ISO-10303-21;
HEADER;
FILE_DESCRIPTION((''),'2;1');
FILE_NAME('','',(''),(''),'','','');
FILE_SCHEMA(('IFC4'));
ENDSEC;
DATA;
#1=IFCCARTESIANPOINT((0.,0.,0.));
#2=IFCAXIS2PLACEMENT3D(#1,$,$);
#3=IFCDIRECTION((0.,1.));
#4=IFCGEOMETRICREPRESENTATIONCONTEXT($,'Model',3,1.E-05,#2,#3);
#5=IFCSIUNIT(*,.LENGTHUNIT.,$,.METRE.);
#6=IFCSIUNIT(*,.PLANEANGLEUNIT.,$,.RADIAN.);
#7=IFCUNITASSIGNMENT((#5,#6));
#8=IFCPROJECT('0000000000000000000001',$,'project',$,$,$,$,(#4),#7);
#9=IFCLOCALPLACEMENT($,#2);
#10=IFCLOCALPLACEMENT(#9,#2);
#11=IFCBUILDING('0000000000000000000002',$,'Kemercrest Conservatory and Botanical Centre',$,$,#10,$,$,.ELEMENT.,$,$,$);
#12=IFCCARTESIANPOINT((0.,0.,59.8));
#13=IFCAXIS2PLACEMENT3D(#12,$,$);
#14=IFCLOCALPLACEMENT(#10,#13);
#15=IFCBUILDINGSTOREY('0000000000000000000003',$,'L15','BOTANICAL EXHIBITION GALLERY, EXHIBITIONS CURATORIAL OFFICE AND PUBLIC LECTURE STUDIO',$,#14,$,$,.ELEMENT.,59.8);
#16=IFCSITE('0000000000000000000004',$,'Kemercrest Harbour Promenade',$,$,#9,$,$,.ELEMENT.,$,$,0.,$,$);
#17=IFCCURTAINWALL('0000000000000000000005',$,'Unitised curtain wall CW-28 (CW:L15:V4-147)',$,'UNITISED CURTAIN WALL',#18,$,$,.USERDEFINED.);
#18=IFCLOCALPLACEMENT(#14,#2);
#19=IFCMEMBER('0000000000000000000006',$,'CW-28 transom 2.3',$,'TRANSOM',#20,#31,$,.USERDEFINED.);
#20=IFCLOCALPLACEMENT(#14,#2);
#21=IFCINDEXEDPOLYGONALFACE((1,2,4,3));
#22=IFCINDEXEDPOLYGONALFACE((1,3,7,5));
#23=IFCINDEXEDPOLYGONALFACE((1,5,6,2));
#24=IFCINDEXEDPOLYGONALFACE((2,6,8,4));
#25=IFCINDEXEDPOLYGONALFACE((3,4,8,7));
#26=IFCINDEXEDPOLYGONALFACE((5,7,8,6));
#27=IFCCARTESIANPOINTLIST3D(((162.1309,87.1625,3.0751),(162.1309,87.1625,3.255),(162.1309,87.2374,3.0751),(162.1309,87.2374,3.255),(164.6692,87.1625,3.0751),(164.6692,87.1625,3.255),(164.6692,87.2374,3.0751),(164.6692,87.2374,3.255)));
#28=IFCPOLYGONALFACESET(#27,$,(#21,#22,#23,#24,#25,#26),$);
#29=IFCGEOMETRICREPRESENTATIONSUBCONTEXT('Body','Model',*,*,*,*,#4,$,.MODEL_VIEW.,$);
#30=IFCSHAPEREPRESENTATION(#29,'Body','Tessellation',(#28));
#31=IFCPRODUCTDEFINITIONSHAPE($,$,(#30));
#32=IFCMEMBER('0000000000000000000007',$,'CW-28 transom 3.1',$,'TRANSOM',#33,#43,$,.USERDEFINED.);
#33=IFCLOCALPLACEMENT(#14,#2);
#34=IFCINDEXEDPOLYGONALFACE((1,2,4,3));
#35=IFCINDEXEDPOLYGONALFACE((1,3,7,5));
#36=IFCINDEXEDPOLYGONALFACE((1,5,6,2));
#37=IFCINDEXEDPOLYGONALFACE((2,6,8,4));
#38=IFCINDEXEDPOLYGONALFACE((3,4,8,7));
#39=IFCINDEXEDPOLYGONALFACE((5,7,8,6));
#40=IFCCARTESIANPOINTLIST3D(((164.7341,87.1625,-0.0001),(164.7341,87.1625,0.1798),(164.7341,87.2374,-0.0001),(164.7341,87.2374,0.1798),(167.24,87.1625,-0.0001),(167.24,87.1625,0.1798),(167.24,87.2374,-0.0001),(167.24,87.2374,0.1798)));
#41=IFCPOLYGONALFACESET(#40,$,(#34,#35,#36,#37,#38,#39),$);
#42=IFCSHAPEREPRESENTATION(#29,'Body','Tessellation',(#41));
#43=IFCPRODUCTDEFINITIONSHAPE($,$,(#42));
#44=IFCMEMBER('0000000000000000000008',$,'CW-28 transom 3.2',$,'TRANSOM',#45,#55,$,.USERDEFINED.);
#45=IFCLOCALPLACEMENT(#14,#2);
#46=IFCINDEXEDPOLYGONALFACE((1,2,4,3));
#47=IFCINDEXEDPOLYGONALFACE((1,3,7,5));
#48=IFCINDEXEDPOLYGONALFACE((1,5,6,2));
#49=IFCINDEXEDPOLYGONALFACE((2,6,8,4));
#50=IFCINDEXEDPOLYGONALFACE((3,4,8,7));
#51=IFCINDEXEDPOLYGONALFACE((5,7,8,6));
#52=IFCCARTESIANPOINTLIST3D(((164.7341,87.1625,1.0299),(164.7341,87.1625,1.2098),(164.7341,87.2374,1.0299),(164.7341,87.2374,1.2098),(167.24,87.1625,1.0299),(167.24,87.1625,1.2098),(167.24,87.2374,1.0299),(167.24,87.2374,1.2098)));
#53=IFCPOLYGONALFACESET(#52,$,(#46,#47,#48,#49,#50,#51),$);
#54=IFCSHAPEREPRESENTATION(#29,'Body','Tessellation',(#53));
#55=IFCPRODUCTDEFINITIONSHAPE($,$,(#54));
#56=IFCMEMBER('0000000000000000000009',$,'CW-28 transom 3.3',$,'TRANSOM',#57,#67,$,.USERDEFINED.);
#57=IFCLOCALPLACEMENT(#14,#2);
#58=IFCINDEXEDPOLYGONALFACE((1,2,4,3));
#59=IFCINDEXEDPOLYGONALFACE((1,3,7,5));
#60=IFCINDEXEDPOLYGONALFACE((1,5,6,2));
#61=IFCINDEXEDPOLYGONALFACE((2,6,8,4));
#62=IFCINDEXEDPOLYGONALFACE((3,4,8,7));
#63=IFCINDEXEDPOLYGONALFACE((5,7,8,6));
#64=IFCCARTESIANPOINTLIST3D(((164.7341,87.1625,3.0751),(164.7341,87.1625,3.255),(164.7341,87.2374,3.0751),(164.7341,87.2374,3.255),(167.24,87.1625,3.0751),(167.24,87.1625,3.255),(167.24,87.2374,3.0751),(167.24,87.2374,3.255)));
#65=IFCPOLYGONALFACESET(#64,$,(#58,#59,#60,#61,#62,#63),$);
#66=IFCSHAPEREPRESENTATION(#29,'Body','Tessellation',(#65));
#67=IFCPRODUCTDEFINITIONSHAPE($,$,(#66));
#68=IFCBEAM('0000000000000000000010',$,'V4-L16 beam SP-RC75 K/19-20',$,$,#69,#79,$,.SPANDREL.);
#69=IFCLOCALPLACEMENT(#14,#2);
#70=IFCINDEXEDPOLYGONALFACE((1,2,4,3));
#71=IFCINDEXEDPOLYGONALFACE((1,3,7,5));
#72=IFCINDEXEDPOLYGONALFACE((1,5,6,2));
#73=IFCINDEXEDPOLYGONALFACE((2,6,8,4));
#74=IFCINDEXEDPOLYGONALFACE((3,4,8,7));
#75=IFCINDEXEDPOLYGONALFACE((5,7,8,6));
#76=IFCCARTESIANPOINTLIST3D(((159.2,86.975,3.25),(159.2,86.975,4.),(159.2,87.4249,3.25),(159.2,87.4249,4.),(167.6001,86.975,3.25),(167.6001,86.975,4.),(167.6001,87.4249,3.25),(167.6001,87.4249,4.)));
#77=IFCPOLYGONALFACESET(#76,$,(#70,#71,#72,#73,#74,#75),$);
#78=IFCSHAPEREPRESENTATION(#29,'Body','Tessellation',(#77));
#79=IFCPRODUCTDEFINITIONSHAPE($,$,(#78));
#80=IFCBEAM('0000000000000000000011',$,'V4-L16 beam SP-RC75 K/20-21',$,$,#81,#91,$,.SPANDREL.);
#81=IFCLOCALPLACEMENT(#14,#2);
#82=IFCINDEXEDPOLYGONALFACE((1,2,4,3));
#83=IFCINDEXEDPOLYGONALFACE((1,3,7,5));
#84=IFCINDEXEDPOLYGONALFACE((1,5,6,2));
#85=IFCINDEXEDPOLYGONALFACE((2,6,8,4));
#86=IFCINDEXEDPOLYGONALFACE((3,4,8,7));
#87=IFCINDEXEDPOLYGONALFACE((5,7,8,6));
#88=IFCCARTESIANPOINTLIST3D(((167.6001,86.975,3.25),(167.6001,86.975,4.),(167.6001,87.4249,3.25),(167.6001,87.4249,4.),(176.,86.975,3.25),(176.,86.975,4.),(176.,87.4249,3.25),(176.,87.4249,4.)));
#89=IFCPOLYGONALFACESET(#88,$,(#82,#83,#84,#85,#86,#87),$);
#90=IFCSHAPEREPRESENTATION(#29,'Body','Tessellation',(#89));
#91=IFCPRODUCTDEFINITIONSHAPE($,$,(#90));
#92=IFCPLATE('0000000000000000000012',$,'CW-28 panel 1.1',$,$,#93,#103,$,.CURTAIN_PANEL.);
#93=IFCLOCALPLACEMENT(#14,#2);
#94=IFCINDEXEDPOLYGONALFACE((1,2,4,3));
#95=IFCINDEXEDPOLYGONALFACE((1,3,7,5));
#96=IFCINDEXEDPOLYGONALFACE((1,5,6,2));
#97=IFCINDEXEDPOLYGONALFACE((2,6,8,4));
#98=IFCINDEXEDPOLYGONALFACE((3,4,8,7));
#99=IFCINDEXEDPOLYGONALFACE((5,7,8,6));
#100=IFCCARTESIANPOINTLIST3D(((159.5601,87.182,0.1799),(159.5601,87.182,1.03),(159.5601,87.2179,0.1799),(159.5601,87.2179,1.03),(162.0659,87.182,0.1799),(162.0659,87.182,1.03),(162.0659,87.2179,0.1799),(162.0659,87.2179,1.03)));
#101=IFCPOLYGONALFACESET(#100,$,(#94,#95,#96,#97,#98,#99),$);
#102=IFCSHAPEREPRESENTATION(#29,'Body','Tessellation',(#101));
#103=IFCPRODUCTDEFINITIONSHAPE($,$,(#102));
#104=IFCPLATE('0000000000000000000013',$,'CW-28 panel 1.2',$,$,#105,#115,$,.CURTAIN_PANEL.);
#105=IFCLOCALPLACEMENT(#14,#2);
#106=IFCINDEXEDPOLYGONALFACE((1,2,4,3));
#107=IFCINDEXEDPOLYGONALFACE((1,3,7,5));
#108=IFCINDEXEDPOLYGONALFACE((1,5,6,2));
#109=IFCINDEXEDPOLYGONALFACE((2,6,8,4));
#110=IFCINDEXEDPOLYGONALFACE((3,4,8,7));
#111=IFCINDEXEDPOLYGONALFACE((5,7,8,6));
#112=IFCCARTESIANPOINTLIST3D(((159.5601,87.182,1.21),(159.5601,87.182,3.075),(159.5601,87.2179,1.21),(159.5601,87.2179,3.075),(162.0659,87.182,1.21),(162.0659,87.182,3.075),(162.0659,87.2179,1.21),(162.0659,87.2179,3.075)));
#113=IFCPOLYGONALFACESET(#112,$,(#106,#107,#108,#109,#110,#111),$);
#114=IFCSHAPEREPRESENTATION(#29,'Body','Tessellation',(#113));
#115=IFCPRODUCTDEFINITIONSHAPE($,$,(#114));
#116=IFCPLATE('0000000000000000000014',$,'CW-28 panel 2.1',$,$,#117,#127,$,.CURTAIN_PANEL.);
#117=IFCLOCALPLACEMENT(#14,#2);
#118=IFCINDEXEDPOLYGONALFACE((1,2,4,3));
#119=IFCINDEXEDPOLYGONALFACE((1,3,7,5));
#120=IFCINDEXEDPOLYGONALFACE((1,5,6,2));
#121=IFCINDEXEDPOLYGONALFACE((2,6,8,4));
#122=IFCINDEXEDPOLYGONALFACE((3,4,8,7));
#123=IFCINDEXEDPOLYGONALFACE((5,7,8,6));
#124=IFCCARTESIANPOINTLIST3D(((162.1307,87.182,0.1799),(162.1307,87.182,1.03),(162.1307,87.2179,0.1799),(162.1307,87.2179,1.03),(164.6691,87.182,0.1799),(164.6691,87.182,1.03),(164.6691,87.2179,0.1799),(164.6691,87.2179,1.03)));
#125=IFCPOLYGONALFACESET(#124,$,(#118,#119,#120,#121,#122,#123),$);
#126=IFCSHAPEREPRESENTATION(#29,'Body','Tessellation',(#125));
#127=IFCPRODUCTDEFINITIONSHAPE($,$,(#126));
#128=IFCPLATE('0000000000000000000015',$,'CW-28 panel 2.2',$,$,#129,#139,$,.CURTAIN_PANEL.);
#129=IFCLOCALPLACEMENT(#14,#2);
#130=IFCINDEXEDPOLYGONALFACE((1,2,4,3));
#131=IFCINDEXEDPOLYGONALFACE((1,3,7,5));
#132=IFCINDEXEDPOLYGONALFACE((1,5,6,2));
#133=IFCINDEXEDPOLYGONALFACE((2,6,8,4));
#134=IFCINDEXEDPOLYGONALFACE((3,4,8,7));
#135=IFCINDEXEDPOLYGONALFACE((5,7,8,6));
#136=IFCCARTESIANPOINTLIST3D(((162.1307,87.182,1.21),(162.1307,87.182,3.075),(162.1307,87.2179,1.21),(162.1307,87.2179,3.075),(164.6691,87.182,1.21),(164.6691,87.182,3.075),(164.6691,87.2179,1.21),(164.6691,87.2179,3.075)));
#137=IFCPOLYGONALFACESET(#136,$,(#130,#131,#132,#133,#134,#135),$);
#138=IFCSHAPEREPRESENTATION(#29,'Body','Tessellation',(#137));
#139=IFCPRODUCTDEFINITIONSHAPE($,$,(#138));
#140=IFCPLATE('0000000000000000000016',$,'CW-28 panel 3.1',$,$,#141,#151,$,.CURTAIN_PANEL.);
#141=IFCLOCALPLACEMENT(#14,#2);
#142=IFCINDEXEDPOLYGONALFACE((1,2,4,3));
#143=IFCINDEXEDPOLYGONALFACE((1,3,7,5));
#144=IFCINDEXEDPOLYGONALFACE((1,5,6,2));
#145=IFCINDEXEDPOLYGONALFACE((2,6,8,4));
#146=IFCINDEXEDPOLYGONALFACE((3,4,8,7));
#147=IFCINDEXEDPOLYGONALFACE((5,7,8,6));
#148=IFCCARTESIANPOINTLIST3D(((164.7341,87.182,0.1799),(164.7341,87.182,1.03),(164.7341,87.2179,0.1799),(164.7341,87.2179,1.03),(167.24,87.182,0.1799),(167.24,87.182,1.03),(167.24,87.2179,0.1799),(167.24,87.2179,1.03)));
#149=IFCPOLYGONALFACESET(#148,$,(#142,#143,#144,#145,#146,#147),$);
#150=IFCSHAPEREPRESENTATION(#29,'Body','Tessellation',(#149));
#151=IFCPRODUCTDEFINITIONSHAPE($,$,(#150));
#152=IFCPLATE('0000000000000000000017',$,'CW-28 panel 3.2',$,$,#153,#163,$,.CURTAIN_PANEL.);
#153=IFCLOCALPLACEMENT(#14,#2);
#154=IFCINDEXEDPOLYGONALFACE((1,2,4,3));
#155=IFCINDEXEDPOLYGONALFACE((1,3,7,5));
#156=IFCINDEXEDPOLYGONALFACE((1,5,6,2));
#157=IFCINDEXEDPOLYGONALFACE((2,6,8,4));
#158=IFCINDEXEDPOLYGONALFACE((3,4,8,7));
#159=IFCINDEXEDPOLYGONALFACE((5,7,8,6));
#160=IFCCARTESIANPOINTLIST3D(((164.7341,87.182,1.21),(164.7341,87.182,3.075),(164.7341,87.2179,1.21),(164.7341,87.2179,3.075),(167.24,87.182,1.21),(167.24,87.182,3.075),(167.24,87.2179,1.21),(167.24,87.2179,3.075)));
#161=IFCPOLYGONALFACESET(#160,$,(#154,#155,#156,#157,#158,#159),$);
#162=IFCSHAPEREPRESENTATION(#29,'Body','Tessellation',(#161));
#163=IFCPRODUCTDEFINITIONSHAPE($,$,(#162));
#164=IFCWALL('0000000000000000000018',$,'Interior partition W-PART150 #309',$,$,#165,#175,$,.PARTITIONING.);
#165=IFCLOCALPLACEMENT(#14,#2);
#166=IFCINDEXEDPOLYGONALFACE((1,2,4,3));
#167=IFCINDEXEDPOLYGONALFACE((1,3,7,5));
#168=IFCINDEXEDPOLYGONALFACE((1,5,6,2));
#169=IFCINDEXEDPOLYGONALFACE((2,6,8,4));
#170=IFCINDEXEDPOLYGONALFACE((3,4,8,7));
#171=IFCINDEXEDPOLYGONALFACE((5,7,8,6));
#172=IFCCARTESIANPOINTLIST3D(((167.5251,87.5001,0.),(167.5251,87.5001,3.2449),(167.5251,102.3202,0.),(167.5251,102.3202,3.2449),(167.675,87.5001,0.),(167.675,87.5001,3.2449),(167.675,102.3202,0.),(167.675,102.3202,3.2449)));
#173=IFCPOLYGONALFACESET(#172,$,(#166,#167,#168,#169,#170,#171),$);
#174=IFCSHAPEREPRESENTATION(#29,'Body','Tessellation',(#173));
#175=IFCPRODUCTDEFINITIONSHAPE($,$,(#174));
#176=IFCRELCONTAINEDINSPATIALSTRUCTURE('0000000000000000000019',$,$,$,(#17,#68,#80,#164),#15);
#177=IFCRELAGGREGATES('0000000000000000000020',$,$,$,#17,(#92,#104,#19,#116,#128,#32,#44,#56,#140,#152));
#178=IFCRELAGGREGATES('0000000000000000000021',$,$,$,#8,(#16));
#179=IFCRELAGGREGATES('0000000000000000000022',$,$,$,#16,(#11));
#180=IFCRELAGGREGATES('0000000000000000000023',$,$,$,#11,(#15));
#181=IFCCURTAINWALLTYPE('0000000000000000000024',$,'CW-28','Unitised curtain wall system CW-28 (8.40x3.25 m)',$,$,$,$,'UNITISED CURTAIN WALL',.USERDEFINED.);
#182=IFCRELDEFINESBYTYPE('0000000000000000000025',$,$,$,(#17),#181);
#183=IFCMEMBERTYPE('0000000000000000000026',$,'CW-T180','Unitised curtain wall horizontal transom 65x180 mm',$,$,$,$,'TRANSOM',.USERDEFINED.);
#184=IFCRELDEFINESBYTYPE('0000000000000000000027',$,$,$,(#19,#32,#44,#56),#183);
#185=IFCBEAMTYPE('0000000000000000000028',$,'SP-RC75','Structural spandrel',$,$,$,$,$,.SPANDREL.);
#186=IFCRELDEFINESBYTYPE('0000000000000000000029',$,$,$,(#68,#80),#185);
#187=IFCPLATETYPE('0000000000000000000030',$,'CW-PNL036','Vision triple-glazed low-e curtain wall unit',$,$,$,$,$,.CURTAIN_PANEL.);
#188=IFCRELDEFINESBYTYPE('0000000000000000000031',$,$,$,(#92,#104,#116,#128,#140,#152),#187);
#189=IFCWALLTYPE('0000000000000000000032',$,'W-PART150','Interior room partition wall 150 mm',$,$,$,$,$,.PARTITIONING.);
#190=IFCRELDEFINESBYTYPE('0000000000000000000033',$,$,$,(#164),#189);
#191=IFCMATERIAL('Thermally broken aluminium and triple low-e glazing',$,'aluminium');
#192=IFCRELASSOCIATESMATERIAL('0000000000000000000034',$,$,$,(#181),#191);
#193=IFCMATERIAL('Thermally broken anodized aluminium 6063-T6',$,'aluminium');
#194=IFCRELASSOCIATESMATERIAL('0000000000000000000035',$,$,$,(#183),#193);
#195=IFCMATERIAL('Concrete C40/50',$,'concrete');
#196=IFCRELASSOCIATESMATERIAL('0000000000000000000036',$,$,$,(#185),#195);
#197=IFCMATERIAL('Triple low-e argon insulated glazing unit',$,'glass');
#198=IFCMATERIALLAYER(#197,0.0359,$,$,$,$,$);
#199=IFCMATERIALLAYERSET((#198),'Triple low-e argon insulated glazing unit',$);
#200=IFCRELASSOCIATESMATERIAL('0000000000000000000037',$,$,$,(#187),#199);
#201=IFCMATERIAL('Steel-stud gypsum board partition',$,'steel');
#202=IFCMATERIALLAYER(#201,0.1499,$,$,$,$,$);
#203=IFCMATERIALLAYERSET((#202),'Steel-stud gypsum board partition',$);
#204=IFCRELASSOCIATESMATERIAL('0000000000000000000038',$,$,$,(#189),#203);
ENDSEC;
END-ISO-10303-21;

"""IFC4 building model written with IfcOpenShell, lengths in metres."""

from ifc_helpers import new_model, si_unit, direction, frame, frame_2d, origin, origin_2d, place, context, subcontext, project, spatial, rectangle, extrude, material, layer, layer_set, material_profile, profile_set, type_object, element, aggregate, save


model = new_model("IFC4")

# Units and contexts
model_context = context("Model", 3, precision=1e-05, world=origin(), true_north=direction((0.0, 1.0)))
body_context = subcontext(model_context, "Body", "Model", "MODEL_VIEW")
ifc_project = project(units=[si_unit("LENGTHUNIT", "METRE"), si_unit("PLANEANGLEUNIT", "RADIAN")], contexts=[model_context])

# Site, building, storey
site_placement = place(None, origin())
site = spatial("IfcSite", under=ifc_project, at=site_placement, Name="Kemercrest Harbour Promenade", CompositionType="ELEMENT", RefElevation=0.0)
building_placement = place(site_placement, origin())
building = spatial("IfcBuilding", under=site, at=building_placement, Name="Kemercrest Conservatory and Botanical Centre", CompositionType="ELEMENT")
storey_placement = place(building_placement, frame((0.0, 0.0, 59.8)))
storey = spatial("IfcBuildingStorey", under=building, at=storey_placement, Name="L15", Description="BOTANICAL EXHIBITION GALLERY, EXHIBITIONS CURATORIAL OFFICE AND PUBLIC LECTURE STUDIO", CompositionType="ELEMENT", Elevation=59.8)

# Shared definitions
ifc_material_1 = material(Name="Concrete C40/50", Category="concrete")

# Shared definitions
ifc_material_2 = material(Name="Thermally broken aluminium and triple low-e glazing", Category="aluminium")
ifc_material_3 = material(Name="Thermally broken anodized aluminium 6063-T6", Category="aluminium")

# Curtain wall
curtain_wall_type_1 = type_object("IfcCurtainWallType", Name="CW-28", Description="Unitised curtain wall system CW-28 (8.40x3.25 m)", ElementType="UNITISED CURTAIN WALL", PredefinedType="USERDEFINED", material=ifc_material_2)
curtain_wall_1_placement = place(storey_placement, origin())
curtain_wall_1 = element("IfcCurtainWall", 1, at=curtain_wall_1_placement, inside=storey, type_object=curtain_wall_type_1, Name="Unitised curtain wall CW-28 (CW:L15:V4-147)", ObjectType="UNITISED CURTAIN WALL", PredefinedType="USERDEFINED")

# Members
ifc_material_profile_1 = material_profile(ifc_material_3, rectangle(XDim=0.075, YDim=0.1799, at=origin_2d()), Name="AL TRANSOM 75x180")
ifc_profile_set_1 = profile_set([ifc_material_profile_1], Name="Thermally broken anodized aluminium 6063-T6")
member_type_1 = type_object("IfcMemberType", Name="CW-T180", Description="Unitised curtain wall horizontal transom 65x180 mm", ElementType="TRANSOM", PredefinedType="USERDEFINED", material=ifc_profile_set_1)
member_1_placement = place(storey_placement, frame((162.1309, 87.2, 3.165), z_axis=(1.0, 0.0, 0.0), x_axis=(0.0, 1.0, 0.0)))
member_1 = element("IfcMember", 2, at=member_1_placement, type_object=member_type_1, Name="CW-28 transom 2.3", ObjectType="TRANSOM", PredefinedType="USERDEFINED", context=body_context, shape_type="SweptSolid", body=[
    extrude(rectangle(XDim=0.075, YDim=0.1799, at=origin_2d()), origin(), (0.0, 0.0, 1.0), 2.5383),
])
member_2_placement = place(storey_placement, frame((164.7341, 87.2, 0.0898), z_axis=(1.0, 0.0, 0.0), x_axis=(0.0, 1.0, 0.0)))
member_2 = element("IfcMember", 3, at=member_2_placement, type_object=member_type_1, Name="CW-28 transom 3.1", ObjectType="TRANSOM", PredefinedType="USERDEFINED", context=body_context, shape_type="SweptSolid", body=[
    extrude(rectangle(XDim=0.075, YDim=0.1799, at=origin_2d()), origin(), (0.0, 0.0, 1.0), 2.5059),
])
member_3_placement = place(storey_placement, frame((164.7341, 87.2, 1.1199), z_axis=(1.0, 0.0, 0.0), x_axis=(0.0, 1.0, 0.0)))
member_3 = element("IfcMember", 4, at=member_3_placement, type_object=member_type_1, Name="CW-28 transom 3.2", ObjectType="TRANSOM", PredefinedType="USERDEFINED", context=body_context, shape_type="SweptSolid", body=[
    extrude(rectangle(XDim=0.075, YDim=0.1799, at=origin_2d()), origin(), (0.0, 0.0, 1.0), 2.5059),
])
member_4_placement = place(storey_placement, frame((164.7341, 87.2, 3.165), z_axis=(1.0, 0.0, 0.0), x_axis=(0.0, 1.0, 0.0)))
member_4 = element("IfcMember", 5, at=member_4_placement, type_object=member_type_1, Name="CW-28 transom 3.3", ObjectType="TRANSOM", PredefinedType="USERDEFINED", context=body_context, shape_type="SweptSolid", body=[
    extrude(rectangle(XDim=0.075, YDim=0.1799, at=origin_2d()), origin(), (0.0, 0.0, 1.0), 2.5059),
])

# Beams
ifc_material_profile_2 = material_profile(ifc_material_1, rectangle(XDim=0.45, YDim=0.75, at=origin_2d()), Name="RC 450x750")
ifc_profile_set_2 = profile_set([ifc_material_profile_2], Name="Concrete C40/50")
beam_type_1 = type_object("IfcBeamType", Name="SP-RC75", Description="Structural spandrel", PredefinedType="SPANDREL", material=ifc_profile_set_2)
beam_1_placement = place(storey_placement, frame((159.2, 87.2, 3.625), z_axis=(1.0, 0.0, 0.0), x_axis=(0.0, 1.0, 0.0)))
element("IfcBeam", 6, at=beam_1_placement, inside=storey, type_object=beam_type_1, Name="V4-L16 beam SP-RC75 K/19-20", PredefinedType="SPANDREL", context=body_context, shape_type="SweptSolid", body=[
    extrude(rectangle(XDim=0.45, YDim=0.75, at=origin_2d()), origin(), (0.0, 0.0, 1.0), 8.4001),
])
beam_2_placement = place(storey_placement, frame((167.6001, 87.2, 3.625), z_axis=(1.0, 0.0, 0.0), x_axis=(0.0, 1.0, 0.0)))
element("IfcBeam", 7, at=beam_2_placement, inside=storey, type_object=beam_type_1, Name="V4-L16 beam SP-RC75 K/20-21", PredefinedType="SPANDREL", context=body_context, shape_type="SweptSolid", body=[
    extrude(rectangle(XDim=0.45, YDim=0.75, at=origin_2d()), origin(), (0.0, 0.0, 1.0), 8.3999),
])

# Plates
ifc_material_4 = material(Name="Triple low-e argon insulated glazing unit", Category="glass")
ifc_layer_1 = layer(ifc_material_4, 0.0359)
ifc_layer_set_1 = layer_set([ifc_layer_1], Name="Triple low-e argon insulated glazing unit")
plate_type = type_object("IfcPlateType", Name="CW-PNL036", Description="Vision triple-glazed low-e curtain wall unit", PredefinedType="CURTAIN_PANEL", material=ifc_layer_set_1)
plate_1_placement = place(storey_placement, frame((160.813, 87.2, 0.1799), z_axis=(0.0, 0.0, 1.0), x_axis=(1.0, 0.0, 0.0)))
plate_1 = element("IfcPlate", 8, at=plate_1_placement, type_object=plate_type, Name="CW-28 panel 1.1", PredefinedType="CURTAIN_PANEL", context=body_context, shape_type="SweptSolid", body=[
    extrude(rectangle(XDim=2.5059, YDim=0.0359, at=origin_2d()), origin(), (0.0, 0.0, 1.0), 0.8501),
])
plate_2_placement = place(storey_placement, frame((160.813, 87.2, 1.21), z_axis=(0.0, 0.0, 1.0), x_axis=(1.0, 0.0, 0.0)))
plate_2 = element("IfcPlate", 9, at=plate_2_placement, type_object=plate_type, Name="CW-28 panel 1.2", PredefinedType="CURTAIN_PANEL", context=body_context, shape_type="SweptSolid", body=[
    extrude(rectangle(XDim=2.5059, YDim=0.0359, at=origin_2d()), origin(), (0.0, 0.0, 1.0), 1.865),
])
plate_3_placement = place(storey_placement, frame((163.3999, 87.2, 0.1799), z_axis=(0.0, 0.0, 1.0), x_axis=(1.0, 0.0, 0.0)))
plate_3 = element("IfcPlate", 10, at=plate_3_placement, type_object=plate_type, Name="CW-28 panel 2.1", PredefinedType="CURTAIN_PANEL", context=body_context, shape_type="SweptSolid", body=[
    extrude(rectangle(XDim=2.5383, YDim=0.0359, at=origin_2d()), origin(), (0.0, 0.0, 1.0), 0.8501),
])
plate_4_placement = place(storey_placement, frame((163.3999, 87.2, 1.21), z_axis=(0.0, 0.0, 1.0), x_axis=(1.0, 0.0, 0.0)))
plate_4 = element("IfcPlate", 11, at=plate_4_placement, type_object=plate_type, Name="CW-28 panel 2.2", PredefinedType="CURTAIN_PANEL", context=body_context, shape_type="SweptSolid", body=[
    extrude(rectangle(XDim=2.5383, YDim=0.0359, at=origin_2d()), origin(), (0.0, 0.0, 1.0), 1.865),
])
plate_5_placement = place(storey_placement, frame((165.9871, 87.2, 0.1799), z_axis=(0.0, 0.0, 1.0), x_axis=(1.0, 0.0, 0.0)))
plate_5 = element("IfcPlate", 12, at=plate_5_placement, type_object=plate_type, Name="CW-28 panel 3.1", PredefinedType="CURTAIN_PANEL", context=body_context, shape_type="SweptSolid", body=[
    extrude(rectangle(XDim=2.5059, YDim=0.0359, at=origin_2d()), origin(), (0.0, 0.0, 1.0), 0.8501),
])
plate_6_placement = place(storey_placement, frame((165.9871, 87.2, 1.21), z_axis=(0.0, 0.0, 1.0), x_axis=(1.0, 0.0, 0.0)))
plate_6 = element("IfcPlate", 13, at=plate_6_placement, type_object=plate_type, Name="CW-28 panel 3.2", PredefinedType="CURTAIN_PANEL", context=body_context, shape_type="SweptSolid", body=[
    extrude(rectangle(XDim=2.5059, YDim=0.0359, at=origin_2d()), origin(), (0.0, 0.0, 1.0), 1.865),
])
aggregate(curtain_wall_1, [plate_1, plate_2, member_1, plate_3, plate_4, member_2, member_3, member_4, plate_5, plate_6])

# Wall
ifc_material_5 = material(Name="Steel-stud gypsum board partition", Category="steel")
ifc_layer_2 = layer(ifc_material_5, 0.1499)
ifc_layer_set_2 = layer_set([ifc_layer_2], Name="Steel-stud gypsum board partition")
wall_type = type_object("IfcWallType", Name="W-PART150", Description="Interior room partition wall 150 mm", PredefinedType="PARTITIONING", material=ifc_layer_set_2)
wall_placement = place(storey_placement, frame((167.6001, 87.5, 0.0), z_axis=(0.0, 0.0, 1.0), x_axis=(0.0, 1.0, 0.0)))
element("IfcWall", 14, at=wall_placement, inside=storey, type_object=wall_type, Name="Interior partition W-PART150 #309", PredefinedType="PARTITIONING", context=body_context, shape_type="SweptSolid", body=[
    extrude(rectangle(XDim=14.8201, YDim=0.1499, at=frame_2d((7.4102, 0.0))), origin(), (0.0, 0.0, 1.0), 3.2449),
])

save(model, "model.ifc")
